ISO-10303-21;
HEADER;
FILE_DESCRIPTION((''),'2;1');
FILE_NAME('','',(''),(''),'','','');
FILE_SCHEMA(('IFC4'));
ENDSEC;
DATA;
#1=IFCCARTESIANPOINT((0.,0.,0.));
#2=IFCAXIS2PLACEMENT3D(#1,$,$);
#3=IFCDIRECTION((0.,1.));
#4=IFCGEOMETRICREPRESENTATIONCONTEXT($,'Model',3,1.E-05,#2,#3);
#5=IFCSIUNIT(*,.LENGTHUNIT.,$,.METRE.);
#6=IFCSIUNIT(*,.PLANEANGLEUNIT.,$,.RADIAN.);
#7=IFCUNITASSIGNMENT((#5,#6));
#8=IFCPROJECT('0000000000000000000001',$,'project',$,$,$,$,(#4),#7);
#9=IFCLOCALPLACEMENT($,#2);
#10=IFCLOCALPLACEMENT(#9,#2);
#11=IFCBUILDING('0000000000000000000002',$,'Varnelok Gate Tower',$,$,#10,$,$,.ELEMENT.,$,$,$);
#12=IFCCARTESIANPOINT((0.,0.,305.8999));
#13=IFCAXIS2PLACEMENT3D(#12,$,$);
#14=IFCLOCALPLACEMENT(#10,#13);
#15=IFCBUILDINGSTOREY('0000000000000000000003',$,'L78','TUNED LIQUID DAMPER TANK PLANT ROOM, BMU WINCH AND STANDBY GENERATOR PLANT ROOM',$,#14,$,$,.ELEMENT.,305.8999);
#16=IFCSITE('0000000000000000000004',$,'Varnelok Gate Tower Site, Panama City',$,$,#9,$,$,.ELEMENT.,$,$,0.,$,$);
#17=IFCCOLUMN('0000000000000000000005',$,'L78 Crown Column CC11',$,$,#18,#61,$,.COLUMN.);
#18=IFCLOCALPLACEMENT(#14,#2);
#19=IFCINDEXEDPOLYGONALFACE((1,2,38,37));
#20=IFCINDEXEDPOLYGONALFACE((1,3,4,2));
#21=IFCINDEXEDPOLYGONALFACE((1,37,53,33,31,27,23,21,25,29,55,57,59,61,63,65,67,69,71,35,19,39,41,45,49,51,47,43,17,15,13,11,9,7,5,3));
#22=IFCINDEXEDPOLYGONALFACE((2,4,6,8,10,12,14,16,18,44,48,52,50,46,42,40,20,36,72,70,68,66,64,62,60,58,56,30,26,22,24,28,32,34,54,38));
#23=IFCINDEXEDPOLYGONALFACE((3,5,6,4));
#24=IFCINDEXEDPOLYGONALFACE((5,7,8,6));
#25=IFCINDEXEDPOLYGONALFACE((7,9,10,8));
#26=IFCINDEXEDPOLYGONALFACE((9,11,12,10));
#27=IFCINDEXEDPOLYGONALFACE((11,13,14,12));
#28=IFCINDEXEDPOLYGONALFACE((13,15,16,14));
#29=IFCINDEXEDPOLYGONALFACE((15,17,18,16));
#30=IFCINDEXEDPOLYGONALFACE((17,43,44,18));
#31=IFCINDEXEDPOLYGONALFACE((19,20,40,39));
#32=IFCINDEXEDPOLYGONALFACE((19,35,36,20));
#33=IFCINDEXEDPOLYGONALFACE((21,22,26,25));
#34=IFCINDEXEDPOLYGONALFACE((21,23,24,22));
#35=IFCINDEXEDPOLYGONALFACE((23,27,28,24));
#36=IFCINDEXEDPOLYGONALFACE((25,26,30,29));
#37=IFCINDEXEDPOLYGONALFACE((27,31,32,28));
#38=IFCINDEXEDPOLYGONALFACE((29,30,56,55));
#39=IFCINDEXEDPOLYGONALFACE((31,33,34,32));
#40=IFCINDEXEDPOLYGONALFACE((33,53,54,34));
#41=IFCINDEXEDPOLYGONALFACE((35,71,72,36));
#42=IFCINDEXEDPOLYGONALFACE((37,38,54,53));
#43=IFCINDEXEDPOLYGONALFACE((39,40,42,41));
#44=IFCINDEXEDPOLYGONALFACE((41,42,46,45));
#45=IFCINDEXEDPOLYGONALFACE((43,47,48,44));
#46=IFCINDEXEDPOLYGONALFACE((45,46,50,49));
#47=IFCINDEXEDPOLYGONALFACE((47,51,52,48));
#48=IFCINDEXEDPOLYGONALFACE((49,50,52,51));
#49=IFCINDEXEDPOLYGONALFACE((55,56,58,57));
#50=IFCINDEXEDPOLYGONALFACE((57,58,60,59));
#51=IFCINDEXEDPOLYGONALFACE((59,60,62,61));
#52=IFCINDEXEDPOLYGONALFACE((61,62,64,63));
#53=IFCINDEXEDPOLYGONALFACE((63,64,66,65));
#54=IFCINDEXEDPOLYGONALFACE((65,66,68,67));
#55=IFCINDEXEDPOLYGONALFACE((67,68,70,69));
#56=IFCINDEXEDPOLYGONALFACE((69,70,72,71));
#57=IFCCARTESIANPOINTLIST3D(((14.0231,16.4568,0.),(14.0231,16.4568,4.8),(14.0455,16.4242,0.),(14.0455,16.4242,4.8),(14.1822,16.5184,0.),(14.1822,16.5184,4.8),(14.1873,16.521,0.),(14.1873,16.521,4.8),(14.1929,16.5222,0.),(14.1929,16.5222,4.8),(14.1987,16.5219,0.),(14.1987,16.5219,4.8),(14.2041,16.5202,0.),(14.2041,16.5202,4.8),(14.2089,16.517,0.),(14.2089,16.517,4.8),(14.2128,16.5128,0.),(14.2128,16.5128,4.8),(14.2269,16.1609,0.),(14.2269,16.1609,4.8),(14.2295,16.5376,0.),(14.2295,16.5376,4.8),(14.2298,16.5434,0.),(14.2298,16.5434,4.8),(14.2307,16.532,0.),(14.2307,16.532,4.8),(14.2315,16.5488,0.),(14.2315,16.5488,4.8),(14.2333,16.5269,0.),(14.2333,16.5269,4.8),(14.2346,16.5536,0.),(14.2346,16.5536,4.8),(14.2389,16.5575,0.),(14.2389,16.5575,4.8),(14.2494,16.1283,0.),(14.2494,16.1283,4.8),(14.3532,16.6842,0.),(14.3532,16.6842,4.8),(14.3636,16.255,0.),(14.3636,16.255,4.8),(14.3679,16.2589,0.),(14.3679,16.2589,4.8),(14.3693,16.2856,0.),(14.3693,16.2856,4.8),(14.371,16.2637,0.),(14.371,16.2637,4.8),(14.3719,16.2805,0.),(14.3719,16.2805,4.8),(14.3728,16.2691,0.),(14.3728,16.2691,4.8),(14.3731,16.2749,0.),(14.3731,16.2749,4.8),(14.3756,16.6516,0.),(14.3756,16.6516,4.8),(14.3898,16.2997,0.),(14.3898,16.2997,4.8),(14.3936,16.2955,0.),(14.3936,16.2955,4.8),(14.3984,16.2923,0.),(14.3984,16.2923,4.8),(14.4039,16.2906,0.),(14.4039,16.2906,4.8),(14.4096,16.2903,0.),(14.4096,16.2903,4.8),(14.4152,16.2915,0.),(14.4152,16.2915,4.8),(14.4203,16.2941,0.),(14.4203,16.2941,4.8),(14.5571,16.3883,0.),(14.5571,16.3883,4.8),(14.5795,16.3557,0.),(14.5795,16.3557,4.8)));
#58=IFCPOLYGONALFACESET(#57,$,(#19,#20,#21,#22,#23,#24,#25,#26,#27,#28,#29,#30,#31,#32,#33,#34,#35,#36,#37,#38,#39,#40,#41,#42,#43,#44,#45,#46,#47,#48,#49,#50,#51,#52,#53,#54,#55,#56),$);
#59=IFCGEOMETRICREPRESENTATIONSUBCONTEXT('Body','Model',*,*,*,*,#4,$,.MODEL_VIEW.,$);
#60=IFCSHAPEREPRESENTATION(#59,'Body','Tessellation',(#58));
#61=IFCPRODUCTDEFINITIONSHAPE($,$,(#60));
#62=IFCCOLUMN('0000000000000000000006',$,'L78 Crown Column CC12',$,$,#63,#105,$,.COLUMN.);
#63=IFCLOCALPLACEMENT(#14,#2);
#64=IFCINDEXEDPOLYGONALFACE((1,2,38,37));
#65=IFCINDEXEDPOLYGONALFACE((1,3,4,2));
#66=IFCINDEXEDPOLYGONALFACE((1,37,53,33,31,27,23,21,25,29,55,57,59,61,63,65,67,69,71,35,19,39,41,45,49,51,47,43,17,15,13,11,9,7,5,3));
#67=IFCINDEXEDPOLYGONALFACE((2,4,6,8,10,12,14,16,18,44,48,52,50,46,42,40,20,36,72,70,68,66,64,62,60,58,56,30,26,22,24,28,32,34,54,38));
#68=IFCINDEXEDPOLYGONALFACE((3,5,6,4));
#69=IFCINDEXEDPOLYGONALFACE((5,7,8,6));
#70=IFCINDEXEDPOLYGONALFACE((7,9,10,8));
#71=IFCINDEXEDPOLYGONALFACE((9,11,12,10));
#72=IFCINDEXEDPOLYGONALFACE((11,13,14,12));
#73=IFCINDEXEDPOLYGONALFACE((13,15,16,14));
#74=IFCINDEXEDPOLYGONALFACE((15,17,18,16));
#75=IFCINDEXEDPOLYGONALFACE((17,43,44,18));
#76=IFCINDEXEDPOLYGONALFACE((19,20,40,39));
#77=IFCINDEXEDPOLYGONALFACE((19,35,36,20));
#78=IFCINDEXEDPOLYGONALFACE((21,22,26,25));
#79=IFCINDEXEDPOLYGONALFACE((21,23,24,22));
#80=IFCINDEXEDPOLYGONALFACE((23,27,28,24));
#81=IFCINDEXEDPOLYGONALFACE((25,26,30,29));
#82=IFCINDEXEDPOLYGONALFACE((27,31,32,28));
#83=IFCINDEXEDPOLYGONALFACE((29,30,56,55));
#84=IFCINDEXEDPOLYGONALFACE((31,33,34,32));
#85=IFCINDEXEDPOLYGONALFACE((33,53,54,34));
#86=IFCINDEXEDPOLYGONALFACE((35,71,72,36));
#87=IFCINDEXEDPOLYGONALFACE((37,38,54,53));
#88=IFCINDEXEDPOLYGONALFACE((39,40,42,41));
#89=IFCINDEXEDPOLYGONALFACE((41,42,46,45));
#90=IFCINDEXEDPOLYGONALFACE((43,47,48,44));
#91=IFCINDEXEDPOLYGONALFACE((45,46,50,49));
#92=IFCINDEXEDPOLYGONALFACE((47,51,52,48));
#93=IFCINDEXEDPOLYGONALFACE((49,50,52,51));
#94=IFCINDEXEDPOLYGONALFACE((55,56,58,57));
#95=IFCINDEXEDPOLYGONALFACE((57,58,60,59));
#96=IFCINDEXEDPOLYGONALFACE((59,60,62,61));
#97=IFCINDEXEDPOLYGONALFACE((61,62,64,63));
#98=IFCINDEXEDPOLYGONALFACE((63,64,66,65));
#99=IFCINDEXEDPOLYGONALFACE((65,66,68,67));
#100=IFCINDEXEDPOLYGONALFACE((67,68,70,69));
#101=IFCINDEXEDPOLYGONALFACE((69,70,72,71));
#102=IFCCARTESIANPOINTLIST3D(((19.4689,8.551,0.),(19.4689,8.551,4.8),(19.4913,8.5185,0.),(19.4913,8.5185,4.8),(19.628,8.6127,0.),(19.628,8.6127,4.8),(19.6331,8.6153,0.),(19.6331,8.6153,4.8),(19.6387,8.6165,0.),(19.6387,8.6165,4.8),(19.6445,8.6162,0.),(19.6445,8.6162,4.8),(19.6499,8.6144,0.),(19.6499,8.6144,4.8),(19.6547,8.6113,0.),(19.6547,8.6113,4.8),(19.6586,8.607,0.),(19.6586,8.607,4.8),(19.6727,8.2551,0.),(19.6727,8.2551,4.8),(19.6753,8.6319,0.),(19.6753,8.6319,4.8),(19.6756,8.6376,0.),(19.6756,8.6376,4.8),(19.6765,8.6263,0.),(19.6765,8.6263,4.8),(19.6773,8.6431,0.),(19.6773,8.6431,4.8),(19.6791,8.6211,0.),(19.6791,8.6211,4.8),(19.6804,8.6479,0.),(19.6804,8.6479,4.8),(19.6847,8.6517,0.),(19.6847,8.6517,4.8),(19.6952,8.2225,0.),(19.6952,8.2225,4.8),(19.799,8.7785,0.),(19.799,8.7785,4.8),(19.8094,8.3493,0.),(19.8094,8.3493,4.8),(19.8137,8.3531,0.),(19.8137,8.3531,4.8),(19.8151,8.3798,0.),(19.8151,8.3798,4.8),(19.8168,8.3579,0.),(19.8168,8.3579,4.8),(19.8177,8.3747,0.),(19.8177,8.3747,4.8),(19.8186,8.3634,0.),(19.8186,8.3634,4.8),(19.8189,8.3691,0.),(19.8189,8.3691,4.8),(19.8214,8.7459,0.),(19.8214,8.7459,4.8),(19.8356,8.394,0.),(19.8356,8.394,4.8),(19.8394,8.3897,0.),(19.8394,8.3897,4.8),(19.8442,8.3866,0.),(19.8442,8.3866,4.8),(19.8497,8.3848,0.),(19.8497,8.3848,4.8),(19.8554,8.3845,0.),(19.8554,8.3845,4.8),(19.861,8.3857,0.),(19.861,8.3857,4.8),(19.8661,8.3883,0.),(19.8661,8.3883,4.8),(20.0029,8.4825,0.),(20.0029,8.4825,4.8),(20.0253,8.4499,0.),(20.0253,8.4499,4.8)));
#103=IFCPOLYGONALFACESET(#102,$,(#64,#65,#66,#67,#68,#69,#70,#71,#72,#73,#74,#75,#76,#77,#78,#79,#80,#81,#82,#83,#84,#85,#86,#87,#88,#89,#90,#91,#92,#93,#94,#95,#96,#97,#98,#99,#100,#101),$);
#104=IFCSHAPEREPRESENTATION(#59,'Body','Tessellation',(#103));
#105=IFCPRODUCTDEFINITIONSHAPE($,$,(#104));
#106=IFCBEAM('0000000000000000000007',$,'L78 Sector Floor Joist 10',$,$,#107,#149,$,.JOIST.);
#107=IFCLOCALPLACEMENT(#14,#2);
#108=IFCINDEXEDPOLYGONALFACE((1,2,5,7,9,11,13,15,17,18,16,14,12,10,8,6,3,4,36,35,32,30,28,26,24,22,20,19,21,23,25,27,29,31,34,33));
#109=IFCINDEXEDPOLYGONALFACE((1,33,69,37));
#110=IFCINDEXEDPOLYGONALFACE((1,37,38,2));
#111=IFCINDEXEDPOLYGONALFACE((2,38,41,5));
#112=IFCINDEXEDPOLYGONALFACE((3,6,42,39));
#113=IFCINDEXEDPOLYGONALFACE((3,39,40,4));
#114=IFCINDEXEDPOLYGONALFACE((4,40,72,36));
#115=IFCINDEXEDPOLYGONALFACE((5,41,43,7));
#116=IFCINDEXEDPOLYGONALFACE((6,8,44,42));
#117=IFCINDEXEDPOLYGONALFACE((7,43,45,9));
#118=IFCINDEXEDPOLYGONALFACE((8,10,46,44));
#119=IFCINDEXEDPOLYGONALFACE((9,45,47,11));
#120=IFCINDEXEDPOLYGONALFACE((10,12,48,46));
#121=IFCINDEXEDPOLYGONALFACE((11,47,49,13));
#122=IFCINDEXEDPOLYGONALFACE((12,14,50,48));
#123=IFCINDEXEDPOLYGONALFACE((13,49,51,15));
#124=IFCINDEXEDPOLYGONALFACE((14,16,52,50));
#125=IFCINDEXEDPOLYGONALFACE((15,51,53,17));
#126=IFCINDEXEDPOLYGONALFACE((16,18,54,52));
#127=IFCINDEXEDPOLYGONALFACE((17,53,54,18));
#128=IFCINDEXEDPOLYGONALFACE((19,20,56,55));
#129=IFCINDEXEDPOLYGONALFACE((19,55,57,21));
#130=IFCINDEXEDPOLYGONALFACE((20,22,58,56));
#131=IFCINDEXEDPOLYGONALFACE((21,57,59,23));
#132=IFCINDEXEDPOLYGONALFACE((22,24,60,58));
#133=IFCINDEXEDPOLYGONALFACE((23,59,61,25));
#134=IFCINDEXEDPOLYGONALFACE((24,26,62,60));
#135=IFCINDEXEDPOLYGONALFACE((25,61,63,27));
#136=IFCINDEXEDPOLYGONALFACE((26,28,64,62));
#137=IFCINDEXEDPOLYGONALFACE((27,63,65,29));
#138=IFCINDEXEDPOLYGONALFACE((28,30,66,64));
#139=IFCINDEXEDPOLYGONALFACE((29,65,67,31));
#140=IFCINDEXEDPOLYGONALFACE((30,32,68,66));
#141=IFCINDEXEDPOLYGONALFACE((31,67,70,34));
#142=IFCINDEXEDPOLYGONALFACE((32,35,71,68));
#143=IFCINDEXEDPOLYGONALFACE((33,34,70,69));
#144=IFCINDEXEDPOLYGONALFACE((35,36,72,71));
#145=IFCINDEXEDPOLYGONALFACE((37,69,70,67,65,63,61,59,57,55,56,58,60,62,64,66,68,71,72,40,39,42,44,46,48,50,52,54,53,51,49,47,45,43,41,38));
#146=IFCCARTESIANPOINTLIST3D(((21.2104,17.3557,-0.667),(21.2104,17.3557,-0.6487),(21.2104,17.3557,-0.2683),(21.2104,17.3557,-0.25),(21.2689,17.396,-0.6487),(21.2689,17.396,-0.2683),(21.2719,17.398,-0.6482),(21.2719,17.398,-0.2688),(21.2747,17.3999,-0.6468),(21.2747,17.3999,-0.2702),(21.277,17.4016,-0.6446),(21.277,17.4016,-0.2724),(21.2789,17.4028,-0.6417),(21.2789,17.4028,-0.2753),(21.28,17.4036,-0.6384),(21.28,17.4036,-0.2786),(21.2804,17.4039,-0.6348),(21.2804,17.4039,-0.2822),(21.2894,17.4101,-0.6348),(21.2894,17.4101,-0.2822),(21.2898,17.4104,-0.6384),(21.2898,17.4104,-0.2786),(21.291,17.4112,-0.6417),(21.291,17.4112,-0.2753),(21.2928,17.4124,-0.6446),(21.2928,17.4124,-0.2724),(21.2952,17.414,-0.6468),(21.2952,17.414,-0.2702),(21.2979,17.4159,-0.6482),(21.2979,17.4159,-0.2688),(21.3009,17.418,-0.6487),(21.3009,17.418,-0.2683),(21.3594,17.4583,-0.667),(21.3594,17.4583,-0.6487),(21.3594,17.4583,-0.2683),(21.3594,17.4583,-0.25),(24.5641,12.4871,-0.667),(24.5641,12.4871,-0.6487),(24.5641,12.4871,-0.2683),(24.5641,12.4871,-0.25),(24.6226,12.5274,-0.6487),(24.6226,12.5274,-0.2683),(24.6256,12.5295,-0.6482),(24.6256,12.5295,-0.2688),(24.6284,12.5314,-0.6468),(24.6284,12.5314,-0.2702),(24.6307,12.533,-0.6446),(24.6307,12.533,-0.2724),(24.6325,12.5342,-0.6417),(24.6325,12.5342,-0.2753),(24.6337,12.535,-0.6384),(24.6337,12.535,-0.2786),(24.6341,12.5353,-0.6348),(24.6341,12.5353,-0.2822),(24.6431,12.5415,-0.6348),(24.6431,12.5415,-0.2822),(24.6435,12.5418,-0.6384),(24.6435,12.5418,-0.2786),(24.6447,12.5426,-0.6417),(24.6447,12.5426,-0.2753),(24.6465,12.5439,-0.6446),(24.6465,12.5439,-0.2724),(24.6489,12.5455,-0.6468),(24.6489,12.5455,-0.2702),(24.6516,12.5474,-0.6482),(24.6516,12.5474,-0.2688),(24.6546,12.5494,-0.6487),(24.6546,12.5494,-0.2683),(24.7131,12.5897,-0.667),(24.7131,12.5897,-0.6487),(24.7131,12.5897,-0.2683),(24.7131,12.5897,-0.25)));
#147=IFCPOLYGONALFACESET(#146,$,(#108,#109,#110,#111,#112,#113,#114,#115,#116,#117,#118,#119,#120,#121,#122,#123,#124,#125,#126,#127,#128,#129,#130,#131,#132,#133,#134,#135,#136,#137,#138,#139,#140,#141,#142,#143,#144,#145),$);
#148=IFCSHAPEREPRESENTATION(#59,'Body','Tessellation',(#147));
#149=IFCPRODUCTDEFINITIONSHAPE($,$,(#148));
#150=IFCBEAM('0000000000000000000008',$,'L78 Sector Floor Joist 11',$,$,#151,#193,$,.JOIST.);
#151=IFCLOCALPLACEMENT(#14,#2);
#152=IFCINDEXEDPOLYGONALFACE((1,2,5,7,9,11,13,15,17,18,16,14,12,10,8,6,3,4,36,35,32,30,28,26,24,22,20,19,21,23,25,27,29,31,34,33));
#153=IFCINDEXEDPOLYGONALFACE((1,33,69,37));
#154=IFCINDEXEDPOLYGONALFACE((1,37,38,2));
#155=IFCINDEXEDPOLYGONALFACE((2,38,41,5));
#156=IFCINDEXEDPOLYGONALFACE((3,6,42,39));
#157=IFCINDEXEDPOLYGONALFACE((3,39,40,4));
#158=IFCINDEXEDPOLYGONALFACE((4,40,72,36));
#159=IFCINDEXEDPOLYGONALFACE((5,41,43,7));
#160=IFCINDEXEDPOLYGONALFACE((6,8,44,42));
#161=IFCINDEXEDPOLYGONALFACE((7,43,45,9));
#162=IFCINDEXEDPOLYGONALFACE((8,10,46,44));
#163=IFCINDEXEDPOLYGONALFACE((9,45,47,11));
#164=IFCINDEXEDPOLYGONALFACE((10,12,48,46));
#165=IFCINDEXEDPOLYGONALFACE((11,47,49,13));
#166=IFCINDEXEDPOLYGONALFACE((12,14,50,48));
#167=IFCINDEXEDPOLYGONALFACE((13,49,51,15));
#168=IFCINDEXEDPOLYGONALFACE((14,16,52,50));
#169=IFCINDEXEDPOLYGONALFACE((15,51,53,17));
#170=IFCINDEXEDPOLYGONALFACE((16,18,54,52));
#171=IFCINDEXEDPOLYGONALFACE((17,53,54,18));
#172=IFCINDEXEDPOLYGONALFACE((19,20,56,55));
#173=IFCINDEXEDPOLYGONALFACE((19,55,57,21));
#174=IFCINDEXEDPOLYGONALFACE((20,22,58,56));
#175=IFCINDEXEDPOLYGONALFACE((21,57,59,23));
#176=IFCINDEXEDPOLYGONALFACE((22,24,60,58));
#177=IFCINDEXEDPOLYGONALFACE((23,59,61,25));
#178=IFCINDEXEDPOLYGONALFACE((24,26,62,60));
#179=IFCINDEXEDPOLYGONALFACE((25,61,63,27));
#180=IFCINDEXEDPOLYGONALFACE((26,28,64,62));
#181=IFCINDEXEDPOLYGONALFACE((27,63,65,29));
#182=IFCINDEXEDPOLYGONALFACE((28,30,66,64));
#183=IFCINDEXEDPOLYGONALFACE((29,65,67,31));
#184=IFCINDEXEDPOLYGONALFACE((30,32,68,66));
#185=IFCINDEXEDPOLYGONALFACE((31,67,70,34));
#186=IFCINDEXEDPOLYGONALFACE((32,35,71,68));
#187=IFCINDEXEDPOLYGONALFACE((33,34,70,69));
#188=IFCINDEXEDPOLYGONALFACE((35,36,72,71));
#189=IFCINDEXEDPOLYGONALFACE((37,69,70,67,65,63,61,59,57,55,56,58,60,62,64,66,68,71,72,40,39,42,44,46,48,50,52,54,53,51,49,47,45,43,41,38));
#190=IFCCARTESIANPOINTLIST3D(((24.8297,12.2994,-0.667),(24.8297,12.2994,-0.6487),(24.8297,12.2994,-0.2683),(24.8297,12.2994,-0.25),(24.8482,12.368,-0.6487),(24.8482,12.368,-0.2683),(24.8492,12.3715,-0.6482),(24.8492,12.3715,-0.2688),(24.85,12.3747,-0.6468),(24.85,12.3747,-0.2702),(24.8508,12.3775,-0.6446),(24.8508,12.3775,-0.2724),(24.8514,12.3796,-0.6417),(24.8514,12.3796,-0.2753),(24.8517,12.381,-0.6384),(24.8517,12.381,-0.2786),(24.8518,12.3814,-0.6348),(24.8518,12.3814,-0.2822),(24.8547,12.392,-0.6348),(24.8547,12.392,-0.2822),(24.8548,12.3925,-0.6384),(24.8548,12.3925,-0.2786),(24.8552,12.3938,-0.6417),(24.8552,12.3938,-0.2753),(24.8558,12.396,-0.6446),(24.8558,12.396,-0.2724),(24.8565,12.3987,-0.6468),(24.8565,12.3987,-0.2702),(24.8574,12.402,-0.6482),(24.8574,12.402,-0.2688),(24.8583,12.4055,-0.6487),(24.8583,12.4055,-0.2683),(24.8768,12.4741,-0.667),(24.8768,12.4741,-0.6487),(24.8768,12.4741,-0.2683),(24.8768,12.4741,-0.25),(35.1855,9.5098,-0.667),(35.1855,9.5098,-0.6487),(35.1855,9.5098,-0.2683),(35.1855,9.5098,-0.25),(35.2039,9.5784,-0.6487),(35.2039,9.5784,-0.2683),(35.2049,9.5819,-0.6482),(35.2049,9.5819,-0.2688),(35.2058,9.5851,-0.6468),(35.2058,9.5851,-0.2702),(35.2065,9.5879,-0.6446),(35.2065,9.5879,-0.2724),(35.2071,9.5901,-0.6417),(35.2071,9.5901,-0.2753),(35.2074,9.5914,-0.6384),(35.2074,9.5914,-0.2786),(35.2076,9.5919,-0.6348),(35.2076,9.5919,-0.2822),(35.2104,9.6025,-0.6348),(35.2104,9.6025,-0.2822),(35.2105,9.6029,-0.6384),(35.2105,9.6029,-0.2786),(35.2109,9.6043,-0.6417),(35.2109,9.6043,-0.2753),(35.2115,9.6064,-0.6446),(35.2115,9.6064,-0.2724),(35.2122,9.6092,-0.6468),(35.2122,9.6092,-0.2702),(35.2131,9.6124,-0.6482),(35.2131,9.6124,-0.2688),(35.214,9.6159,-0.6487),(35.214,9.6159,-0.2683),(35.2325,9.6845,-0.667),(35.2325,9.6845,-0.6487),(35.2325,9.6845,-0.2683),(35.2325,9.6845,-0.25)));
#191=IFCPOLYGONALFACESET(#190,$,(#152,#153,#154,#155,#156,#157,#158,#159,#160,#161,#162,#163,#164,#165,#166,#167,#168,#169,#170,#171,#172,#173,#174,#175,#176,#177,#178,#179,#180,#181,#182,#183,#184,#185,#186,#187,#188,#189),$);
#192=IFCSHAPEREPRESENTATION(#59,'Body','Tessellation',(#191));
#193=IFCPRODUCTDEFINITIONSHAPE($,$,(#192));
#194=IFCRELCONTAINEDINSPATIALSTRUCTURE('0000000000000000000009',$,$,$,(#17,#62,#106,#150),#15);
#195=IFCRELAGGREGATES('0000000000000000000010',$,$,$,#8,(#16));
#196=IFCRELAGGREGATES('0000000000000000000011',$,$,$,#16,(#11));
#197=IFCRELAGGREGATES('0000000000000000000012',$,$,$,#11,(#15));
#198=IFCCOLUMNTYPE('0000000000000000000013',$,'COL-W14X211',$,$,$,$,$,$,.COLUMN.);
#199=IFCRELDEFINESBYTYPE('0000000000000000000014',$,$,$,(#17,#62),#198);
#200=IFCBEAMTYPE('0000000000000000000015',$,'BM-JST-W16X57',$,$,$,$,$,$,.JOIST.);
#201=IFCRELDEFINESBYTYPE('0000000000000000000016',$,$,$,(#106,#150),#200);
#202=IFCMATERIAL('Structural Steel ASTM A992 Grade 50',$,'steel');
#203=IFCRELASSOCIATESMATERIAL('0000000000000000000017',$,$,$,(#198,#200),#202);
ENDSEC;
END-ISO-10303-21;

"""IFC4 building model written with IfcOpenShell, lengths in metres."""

from ifc_helpers import new_model, si_unit, direction, frame, origin, origin_2d, place, context, subcontext, project, spatial, i_section, extrude, material, material_profile, profile_set, type_object, element, save


model = new_model("IFC4")

# Units and contexts
model_context = context("Model", 3, precision=1e-05, world=origin(), true_north=direction((0.0, 1.0)))
body_context = subcontext(model_context, "Body", "Model", "MODEL_VIEW")
ifc_project = project(units=[si_unit("LENGTHUNIT", "METRE"), si_unit("PLANEANGLEUNIT", "RADIAN")], contexts=[model_context])

# Site, building, storey
site_placement = place(None, origin())
site = spatial("IfcSite", under=ifc_project, at=site_placement, Name="Varnelok Gate Tower Site, Panama City", CompositionType="ELEMENT", RefElevation=0.0)
building_placement = place(site_placement, origin())
building = spatial("IfcBuilding", under=site, at=building_placement, Name="Varnelok Gate Tower", CompositionType="ELEMENT")
storey_placement = place(building_placement, frame((0.0, 0.0, 305.8999)))
storey = spatial("IfcBuildingStorey", under=building, at=storey_placement, Name="L78", Description="TUNED LIQUID DAMPER TANK PLANT ROOM, BMU WINCH AND STANDBY GENERATOR PLANT ROOM", CompositionType="ELEMENT", Elevation=305.8999)

# Columns
ifc_material_1 = material(Name="Structural Steel ASTM A992 Grade 50", Category="steel")
ifc_material_profile_1 = material_profile(ifc_material_1, i_section(OverallWidth=0.4009, OverallDepth=0.3989, WebThickness=0.0249, FlangeThickness=0.0396, FilletRadius=0.022, at=origin_2d()), Name="W14X211")
ifc_profile_set_1 = profile_set([ifc_material_profile_1], Name="Structural Steel ASTM A992 Grade 50")
column_type = type_object("IfcColumnType", Name="COL-W14X211", PredefinedType="COLUMN", material=ifc_profile_set_1)
for number, where, z_axis, x_axis, name in (
    (1, (14.3013, 16.4062, 0.0), (0.0, 0.0, 1.0), (0.823533, 0.567269, 0.0), "L78 Crown Column CC11"),
    (2, (19.7471, 8.5005, 0.0), (0.0, 0.0, 1.0), (0.823533, 0.567269, 0.0), "L78 Crown Column CC12"),
):
    element("IfcColumn", number, at=place(storey_placement, frame(where, z_axis=z_axis, x_axis=x_axis)), inside=storey, type_object=column_type, Name=name, PredefinedType="COLUMN", context=body_context, shape_type="SweptSolid", body=[
        extrude(i_section(OverallWidth=0.4009, OverallDepth=0.3989, WebThickness=0.0249, FlangeThickness=0.0396, FilletRadius=0.022, at=origin_2d()), origin(), (0.0, 0.0, 1.0), 4.8),
    ])

# Beams
ifc_material_profile_2 = material_profile(ifc_material_1, i_section(OverallWidth=0.1809, OverallDepth=0.417, WebThickness=0.011, FlangeThickness=0.0183, FilletRadius=0.0139, at=origin_2d()), Name="W16X57")
ifc_profile_set_2 = profile_set([ifc_material_profile_2], Name="Structural Steel ASTM A992 Grade 50")
beam_type_1 = type_object("IfcBeamType", Name="BM-JST-W16X57", PredefinedType="JOIST", material=ifc_profile_set_2)
beam_1_placement = place(storey_placement, frame((21.2849, 17.407, -0.4585), z_axis=(0.567282, -0.823523, 0.0), x_axis=(0.823523, 0.567282, 0.0)))
element("IfcBeam", 3, at=beam_1_placement, inside=storey, type_object=beam_type_1, Name="L78 Sector Floor Joist 10", PredefinedType="JOIST", context=body_context, shape_type="SweptSolid", body=[
    extrude(i_section(OverallWidth=0.1809, OverallDepth=0.417, WebThickness=0.011, FlangeThickness=0.0183, FilletRadius=0.0139, at=origin_2d()), origin(), (0.0, 0.0, 1.0), 5.9119),
])
beam_2_placement = place(storey_placement, frame((24.8533, 12.3867, -0.4585), z_axis=(0.965581, -0.260102, 0.0), x_axis=(0.260102, 0.965581, 0.0)))
element("IfcBeam", 4, at=beam_2_placement, inside=storey, type_object=beam_type_1, Name="L78 Sector Floor Joist 11", PredefinedType="JOIST", context=body_context, shape_type="SweptSolid", body=[
    extrude(i_section(OverallWidth=0.1809, OverallDepth=0.417, WebThickness=0.011, FlangeThickness=0.0183, FilletRadius=0.0139, at=origin_2d()), origin(), (0.0, 0.0, 1.0), 10.7249),
])

save(model, "model.ifc")
